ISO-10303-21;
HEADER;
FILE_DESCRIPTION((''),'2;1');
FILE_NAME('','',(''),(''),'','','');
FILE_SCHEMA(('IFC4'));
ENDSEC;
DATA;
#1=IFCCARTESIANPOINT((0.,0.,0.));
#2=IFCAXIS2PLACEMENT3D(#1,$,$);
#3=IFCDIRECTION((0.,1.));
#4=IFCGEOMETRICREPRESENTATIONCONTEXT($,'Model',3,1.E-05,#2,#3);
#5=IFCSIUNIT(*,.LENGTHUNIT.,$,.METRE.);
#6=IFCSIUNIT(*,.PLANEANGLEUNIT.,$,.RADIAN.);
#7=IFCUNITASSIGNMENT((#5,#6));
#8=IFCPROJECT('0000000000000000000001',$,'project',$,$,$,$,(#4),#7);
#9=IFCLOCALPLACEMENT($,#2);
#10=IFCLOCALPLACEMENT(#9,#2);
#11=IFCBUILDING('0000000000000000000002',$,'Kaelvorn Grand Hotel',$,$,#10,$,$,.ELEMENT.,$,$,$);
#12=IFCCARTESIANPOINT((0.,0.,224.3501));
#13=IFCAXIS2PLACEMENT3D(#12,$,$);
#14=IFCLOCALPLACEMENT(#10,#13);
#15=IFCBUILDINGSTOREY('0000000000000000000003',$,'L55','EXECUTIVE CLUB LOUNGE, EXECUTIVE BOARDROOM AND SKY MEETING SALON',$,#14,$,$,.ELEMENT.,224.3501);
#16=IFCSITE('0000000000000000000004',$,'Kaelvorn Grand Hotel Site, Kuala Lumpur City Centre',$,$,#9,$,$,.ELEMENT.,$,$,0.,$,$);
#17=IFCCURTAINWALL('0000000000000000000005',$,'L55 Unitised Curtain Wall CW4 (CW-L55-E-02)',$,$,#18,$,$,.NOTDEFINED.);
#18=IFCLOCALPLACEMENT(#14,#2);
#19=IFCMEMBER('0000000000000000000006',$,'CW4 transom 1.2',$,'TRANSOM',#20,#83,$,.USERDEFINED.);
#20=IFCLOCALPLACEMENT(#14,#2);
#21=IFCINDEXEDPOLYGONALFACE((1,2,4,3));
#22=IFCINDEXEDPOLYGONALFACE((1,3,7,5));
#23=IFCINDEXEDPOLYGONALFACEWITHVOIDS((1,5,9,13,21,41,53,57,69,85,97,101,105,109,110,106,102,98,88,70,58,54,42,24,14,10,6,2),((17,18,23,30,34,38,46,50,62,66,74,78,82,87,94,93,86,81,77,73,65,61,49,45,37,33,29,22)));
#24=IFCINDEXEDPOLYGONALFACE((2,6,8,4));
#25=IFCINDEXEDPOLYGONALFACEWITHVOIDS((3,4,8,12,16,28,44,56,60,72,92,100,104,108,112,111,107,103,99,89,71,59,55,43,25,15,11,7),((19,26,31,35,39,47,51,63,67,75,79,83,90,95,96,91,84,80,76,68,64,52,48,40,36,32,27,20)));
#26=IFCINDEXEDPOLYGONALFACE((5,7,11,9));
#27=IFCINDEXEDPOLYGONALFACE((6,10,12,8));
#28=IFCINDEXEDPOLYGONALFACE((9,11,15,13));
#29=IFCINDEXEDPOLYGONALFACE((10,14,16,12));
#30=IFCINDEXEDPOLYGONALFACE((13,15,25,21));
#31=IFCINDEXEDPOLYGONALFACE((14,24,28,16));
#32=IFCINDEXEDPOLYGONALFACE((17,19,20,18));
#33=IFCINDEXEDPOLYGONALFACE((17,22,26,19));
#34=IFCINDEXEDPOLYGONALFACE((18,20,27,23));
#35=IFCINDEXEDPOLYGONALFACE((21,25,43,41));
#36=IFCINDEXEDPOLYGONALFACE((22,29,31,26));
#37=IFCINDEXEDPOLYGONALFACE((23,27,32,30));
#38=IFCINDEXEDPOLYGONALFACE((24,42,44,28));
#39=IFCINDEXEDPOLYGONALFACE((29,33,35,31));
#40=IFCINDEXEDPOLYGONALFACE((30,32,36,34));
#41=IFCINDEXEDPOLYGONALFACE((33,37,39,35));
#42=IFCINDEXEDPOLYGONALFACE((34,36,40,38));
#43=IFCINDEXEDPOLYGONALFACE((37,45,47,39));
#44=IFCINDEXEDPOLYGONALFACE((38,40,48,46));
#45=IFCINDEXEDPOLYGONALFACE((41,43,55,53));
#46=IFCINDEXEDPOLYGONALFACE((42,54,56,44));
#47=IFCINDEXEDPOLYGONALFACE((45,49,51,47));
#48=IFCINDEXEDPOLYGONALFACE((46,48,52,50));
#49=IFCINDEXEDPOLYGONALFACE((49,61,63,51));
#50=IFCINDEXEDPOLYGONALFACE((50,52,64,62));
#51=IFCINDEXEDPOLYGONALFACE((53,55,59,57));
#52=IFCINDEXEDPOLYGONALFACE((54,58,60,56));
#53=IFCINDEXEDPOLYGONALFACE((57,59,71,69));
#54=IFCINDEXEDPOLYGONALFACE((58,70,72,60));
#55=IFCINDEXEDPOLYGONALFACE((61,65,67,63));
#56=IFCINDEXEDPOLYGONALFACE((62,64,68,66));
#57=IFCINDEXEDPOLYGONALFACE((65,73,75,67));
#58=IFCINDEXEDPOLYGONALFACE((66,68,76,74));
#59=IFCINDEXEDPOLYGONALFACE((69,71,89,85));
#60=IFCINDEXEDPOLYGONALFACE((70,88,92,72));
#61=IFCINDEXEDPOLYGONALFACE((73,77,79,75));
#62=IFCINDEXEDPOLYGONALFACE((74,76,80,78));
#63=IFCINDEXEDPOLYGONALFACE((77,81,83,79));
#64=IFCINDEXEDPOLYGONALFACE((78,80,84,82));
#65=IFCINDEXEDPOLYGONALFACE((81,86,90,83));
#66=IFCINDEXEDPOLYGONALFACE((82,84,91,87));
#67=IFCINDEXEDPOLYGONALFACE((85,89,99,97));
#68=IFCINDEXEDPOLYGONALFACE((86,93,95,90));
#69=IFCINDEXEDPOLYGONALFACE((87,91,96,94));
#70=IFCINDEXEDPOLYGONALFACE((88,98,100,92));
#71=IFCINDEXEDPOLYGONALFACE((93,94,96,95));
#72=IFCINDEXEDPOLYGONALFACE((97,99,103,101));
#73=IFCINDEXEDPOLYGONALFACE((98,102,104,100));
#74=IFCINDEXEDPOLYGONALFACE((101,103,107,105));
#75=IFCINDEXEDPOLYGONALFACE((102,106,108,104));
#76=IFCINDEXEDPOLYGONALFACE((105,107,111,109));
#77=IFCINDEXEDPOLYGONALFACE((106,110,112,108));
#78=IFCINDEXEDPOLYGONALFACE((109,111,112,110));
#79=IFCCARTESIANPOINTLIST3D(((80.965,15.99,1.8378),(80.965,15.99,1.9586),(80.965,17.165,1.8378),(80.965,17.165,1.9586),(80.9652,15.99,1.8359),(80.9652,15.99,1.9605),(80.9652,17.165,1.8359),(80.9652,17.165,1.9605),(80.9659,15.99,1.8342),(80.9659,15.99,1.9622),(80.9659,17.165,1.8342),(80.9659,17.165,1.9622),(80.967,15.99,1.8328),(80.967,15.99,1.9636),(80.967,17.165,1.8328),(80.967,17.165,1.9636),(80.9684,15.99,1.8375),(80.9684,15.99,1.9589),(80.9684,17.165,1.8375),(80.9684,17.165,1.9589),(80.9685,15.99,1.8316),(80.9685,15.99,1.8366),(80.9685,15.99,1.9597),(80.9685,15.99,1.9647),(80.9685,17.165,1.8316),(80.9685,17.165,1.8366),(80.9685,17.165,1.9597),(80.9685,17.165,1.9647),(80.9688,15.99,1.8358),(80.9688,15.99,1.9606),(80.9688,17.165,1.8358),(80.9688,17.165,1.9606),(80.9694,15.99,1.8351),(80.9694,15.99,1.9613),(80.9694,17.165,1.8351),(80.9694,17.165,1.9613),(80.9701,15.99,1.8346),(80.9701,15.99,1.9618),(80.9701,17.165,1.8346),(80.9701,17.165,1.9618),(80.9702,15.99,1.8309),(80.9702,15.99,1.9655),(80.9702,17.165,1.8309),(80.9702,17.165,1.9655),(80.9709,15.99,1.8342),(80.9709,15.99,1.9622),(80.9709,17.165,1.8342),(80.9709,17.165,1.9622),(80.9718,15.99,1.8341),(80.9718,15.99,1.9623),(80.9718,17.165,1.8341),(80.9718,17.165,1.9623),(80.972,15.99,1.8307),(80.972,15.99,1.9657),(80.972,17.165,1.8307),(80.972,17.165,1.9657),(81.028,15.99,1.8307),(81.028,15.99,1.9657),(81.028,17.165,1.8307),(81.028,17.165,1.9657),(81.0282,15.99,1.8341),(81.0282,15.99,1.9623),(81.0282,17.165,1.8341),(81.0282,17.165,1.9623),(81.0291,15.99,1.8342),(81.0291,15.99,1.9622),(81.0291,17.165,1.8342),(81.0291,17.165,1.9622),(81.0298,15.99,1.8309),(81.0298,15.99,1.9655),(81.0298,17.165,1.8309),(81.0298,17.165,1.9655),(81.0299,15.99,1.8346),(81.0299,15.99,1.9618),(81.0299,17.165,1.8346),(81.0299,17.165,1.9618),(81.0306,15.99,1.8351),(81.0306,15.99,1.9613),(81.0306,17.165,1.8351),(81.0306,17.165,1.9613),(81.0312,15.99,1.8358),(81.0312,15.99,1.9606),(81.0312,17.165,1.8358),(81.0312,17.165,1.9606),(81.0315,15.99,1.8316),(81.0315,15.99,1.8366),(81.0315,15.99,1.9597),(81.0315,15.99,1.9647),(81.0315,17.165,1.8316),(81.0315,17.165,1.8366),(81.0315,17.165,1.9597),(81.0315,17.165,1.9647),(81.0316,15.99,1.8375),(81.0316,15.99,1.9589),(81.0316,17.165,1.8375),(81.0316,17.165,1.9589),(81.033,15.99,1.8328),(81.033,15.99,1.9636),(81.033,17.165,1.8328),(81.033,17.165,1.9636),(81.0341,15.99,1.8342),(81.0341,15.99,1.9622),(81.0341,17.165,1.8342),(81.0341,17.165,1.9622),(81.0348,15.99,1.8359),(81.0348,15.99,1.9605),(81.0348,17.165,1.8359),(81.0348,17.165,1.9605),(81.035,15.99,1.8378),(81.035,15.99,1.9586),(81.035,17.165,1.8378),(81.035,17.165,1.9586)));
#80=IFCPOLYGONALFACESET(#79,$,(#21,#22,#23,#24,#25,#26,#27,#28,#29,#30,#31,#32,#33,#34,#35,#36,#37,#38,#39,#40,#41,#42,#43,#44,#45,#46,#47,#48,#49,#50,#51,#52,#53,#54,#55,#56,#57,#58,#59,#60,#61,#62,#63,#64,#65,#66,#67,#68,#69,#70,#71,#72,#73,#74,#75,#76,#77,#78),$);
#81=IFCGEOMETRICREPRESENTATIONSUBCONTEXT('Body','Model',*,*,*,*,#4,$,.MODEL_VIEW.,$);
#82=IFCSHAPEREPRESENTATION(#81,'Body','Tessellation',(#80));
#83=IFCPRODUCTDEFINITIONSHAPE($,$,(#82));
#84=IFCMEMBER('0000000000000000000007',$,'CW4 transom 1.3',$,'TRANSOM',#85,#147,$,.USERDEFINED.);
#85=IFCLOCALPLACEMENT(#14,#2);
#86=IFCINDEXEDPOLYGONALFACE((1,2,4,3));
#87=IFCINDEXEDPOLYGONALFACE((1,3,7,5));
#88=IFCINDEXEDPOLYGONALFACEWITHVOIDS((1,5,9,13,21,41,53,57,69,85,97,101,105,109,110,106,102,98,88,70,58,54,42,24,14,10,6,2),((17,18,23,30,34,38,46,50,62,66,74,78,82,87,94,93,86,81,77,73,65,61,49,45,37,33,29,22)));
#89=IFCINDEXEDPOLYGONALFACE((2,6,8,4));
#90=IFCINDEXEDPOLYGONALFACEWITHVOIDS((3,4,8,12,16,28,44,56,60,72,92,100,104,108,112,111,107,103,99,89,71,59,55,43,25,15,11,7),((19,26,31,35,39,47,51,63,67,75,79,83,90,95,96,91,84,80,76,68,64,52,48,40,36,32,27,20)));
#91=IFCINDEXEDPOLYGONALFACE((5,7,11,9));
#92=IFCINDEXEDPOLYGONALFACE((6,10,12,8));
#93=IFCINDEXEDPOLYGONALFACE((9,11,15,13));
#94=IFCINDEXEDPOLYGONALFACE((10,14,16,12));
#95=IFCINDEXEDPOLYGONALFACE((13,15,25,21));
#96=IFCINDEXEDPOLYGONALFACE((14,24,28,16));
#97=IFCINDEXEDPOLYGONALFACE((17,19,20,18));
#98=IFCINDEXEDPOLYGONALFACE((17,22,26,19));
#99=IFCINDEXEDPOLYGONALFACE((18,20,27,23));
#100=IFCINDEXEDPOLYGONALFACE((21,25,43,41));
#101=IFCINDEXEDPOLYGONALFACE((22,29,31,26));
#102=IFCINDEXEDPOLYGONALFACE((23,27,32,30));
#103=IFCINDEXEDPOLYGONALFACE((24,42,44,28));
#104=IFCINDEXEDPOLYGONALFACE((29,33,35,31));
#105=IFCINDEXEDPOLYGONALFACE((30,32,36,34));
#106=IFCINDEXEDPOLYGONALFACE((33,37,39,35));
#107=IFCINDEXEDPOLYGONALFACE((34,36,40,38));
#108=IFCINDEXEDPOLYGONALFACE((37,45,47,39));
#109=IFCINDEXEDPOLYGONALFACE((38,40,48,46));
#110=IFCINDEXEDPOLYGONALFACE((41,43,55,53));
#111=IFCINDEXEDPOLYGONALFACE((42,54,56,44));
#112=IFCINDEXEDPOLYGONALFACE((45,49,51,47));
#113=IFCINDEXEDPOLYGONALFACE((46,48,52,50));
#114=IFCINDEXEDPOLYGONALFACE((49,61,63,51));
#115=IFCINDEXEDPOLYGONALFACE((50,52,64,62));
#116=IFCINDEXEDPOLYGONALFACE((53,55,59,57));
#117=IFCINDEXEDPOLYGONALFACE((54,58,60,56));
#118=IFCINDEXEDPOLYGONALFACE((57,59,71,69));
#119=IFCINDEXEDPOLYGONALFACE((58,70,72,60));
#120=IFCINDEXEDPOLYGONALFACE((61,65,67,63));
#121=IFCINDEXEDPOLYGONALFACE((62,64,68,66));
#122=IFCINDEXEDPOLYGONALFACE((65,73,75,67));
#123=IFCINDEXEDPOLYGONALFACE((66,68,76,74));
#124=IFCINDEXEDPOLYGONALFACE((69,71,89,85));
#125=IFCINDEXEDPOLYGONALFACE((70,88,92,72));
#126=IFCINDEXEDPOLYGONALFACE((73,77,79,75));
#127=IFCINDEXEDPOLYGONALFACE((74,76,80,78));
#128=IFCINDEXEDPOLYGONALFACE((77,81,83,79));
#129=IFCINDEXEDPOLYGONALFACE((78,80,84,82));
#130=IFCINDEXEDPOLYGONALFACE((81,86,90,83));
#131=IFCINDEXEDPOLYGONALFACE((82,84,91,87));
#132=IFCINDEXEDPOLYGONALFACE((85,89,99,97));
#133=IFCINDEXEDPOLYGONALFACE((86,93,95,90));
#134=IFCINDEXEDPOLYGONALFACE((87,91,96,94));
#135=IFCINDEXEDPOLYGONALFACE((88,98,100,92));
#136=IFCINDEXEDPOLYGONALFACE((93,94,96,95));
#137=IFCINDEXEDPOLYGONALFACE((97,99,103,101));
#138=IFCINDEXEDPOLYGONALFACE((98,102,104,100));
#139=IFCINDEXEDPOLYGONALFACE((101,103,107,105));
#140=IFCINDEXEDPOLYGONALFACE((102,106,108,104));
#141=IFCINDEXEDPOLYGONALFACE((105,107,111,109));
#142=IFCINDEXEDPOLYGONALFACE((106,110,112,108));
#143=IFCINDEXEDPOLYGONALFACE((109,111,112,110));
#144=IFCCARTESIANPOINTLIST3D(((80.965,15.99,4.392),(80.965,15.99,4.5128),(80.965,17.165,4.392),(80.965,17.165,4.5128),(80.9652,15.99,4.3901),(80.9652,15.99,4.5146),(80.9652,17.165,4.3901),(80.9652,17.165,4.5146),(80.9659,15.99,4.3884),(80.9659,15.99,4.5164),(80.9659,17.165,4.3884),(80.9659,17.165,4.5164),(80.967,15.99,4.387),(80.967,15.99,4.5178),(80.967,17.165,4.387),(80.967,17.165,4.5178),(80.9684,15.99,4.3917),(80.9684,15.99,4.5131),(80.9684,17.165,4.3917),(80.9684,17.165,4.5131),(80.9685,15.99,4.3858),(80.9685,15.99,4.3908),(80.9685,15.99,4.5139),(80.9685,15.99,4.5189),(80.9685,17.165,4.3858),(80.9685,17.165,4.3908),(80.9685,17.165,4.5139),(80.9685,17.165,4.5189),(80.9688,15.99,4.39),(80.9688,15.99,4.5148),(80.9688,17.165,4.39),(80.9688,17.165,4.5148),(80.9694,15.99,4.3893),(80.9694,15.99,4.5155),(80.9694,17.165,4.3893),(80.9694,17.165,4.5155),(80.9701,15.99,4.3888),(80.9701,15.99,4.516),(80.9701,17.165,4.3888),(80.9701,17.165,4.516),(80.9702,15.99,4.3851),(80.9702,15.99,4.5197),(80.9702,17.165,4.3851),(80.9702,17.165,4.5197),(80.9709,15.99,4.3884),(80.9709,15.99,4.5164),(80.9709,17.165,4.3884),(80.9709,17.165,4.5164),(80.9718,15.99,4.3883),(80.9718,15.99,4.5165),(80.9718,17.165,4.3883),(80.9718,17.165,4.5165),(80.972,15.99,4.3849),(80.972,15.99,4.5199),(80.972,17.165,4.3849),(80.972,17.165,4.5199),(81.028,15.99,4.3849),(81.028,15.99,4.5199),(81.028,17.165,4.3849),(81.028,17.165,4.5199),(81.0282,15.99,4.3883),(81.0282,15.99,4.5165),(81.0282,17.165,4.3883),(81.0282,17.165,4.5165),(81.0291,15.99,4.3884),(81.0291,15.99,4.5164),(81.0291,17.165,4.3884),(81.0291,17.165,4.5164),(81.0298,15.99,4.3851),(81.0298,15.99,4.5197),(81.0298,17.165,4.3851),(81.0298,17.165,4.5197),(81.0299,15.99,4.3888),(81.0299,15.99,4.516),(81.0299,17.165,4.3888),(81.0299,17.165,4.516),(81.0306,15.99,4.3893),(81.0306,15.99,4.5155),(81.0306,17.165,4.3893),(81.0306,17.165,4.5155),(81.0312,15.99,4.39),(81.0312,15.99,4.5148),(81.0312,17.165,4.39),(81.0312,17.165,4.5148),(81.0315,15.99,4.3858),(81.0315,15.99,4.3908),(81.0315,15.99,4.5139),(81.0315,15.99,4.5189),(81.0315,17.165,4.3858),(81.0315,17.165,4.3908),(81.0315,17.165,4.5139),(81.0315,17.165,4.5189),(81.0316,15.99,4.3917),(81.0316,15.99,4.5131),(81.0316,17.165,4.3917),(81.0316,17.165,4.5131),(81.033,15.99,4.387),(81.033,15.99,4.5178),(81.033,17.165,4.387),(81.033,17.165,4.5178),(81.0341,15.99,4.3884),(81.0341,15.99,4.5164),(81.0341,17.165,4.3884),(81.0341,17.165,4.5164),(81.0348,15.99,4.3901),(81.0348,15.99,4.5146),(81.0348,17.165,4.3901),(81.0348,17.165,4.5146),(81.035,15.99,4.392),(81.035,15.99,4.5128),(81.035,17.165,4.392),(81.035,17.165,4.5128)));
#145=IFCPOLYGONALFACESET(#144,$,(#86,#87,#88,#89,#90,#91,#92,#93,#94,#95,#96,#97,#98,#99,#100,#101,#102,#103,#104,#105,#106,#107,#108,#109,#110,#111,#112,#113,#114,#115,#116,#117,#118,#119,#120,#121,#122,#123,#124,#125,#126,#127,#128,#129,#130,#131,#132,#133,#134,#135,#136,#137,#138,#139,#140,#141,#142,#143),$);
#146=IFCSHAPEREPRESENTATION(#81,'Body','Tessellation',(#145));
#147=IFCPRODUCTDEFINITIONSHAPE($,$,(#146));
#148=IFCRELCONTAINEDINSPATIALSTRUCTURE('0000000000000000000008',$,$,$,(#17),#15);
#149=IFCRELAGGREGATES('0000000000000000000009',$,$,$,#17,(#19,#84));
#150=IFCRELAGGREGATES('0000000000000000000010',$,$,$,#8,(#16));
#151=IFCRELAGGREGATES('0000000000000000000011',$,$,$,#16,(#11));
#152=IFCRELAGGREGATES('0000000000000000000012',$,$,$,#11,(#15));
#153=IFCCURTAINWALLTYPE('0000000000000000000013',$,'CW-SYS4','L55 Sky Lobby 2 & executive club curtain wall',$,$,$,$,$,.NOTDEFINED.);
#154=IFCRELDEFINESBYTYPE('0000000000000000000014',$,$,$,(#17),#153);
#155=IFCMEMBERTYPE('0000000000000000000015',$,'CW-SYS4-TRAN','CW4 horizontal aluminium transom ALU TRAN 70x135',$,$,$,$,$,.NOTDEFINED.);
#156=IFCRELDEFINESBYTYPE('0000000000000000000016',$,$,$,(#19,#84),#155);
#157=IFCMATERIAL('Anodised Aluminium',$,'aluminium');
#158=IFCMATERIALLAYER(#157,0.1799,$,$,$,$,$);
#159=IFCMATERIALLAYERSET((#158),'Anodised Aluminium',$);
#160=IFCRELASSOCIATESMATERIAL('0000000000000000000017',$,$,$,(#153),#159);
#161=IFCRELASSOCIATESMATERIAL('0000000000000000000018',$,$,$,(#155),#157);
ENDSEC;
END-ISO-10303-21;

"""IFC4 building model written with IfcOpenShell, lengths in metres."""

from ifc_helpers import new_model, si_unit, direction, frame, origin, origin_2d, place, context, subcontext, project, spatial, hollow_rectangle, extrude, material, layer, layer_set, material_profile, profile_set, type_object, element, aggregate, save


model = new_model("IFC4")

# Units and contexts
model_context = context("Model", 3, precision=1e-05, world=origin(), true_north=direction((0.0, 1.0)))
body_context = subcontext(model_context, "Body", "Model", "MODEL_VIEW")
ifc_project = project(units=[si_unit("LENGTHUNIT", "METRE"), si_unit("PLANEANGLEUNIT", "RADIAN")], contexts=[model_context])

# Site, building, storey
site_placement = place(None, origin())
site = spatial("IfcSite", under=ifc_project, at=site_placement, Name="Kaelvorn Grand Hotel Site, Kuala Lumpur City Centre", CompositionType="ELEMENT", RefElevation=0.0)
building_placement = place(site_placement, origin())
building = spatial("IfcBuilding", under=site, at=building_placement, Name="Kaelvorn Grand Hotel", CompositionType="ELEMENT")
storey_placement = place(building_placement, frame((0.0, 0.0, 224.3501)))
storey = spatial("IfcBuildingStorey", under=building, at=storey_placement, Name="L55", Description="EXECUTIVE CLUB LOUNGE, EXECUTIVE BOARDROOM AND SKY MEETING SALON", CompositionType="ELEMENT", Elevation=224.3501)

# Shared definitions
ifc_material_1 = material(Name="Anodised Aluminium", Category="aluminium")
ifc_layer_1 = layer(ifc_material_1, 0.1799)
ifc_layer_set_1 = layer_set([ifc_layer_1], Name="Anodised Aluminium")
curtain_wall_type = type_object("IfcCurtainWallType", Name="CW-SYS4", Description="L55 Sky Lobby 2 & executive club curtain wall", PredefinedType="NOTDEFINED", material=ifc_layer_set_1)

# Curtain wall
curtain_wall_1_placement = place(storey_placement, origin())
curtain_wall_1 = element("IfcCurtainWall", 1, at=curtain_wall_1_placement, inside=storey, type_object=curtain_wall_type, Name="L55 Unitised Curtain Wall CW4 (CW-L55-E-02)", PredefinedType="NOTDEFINED")

# Members
ifc_material_profile_1 = material_profile(ifc_material_1, hollow_rectangle(XDim=0.0701, YDim=0.135, WallThickness=0.0034, InnerFilletRadius=0.0034, OuterFilletRadius=0.0071, at=origin_2d()), Name="ALU TRAN 70x135")
ifc_profile_set_1 = profile_set([ifc_material_profile_1], Name="Anodised Aluminium")
member_type_1 = type_object("IfcMemberType", Name="CW-SYS4-TRAN", Description="CW4 horizontal aluminium transom ALU TRAN 70x135", PredefinedType="NOTDEFINED", material=ifc_profile_set_1)
member_1_placement = place(storey_placement, frame((81.0, 15.99, 1.8982), z_axis=(0.0, 1.0, 0.0), x_axis=(-1.0, 0.0, 0.0)))
member_1 = element("IfcMember", 2, at=member_1_placement, type_object=member_type_1, Name="CW4 transom 1.2", ObjectType="TRANSOM", PredefinedType="USERDEFINED", context=body_context, shape_type="SweptSolid", body=[
    extrude(hollow_rectangle(XDim=0.0701, YDim=0.135, WallThickness=0.0034, InnerFilletRadius=0.0034, OuterFilletRadius=0.0071, at=origin_2d()), origin(), (0.0, 0.0, 1.0), 1.175),
])
member_2_placement = place(storey_placement, frame((81.0, 15.99, 4.4524), z_axis=(0.0, 1.0, 0.0), x_axis=(-1.0, 0.0, 0.0)))
member_2 = element("IfcMember", 3, at=member_2_placement, type_object=member_type_1, Name="CW4 transom 1.3", ObjectType="TRANSOM", PredefinedType="USERDEFINED", context=body_context, shape_type="SweptSolid", body=[
    extrude(hollow_rectangle(XDim=0.0701, YDim=0.135, WallThickness=0.0034, InnerFilletRadius=0.0034, OuterFilletRadius=0.0071, at=origin_2d()), origin(), (0.0, 0.0, 1.0), 1.175),
])

aggregate(curtain_wall_1, [member_1, member_2])

save(model, "model.ifc")
